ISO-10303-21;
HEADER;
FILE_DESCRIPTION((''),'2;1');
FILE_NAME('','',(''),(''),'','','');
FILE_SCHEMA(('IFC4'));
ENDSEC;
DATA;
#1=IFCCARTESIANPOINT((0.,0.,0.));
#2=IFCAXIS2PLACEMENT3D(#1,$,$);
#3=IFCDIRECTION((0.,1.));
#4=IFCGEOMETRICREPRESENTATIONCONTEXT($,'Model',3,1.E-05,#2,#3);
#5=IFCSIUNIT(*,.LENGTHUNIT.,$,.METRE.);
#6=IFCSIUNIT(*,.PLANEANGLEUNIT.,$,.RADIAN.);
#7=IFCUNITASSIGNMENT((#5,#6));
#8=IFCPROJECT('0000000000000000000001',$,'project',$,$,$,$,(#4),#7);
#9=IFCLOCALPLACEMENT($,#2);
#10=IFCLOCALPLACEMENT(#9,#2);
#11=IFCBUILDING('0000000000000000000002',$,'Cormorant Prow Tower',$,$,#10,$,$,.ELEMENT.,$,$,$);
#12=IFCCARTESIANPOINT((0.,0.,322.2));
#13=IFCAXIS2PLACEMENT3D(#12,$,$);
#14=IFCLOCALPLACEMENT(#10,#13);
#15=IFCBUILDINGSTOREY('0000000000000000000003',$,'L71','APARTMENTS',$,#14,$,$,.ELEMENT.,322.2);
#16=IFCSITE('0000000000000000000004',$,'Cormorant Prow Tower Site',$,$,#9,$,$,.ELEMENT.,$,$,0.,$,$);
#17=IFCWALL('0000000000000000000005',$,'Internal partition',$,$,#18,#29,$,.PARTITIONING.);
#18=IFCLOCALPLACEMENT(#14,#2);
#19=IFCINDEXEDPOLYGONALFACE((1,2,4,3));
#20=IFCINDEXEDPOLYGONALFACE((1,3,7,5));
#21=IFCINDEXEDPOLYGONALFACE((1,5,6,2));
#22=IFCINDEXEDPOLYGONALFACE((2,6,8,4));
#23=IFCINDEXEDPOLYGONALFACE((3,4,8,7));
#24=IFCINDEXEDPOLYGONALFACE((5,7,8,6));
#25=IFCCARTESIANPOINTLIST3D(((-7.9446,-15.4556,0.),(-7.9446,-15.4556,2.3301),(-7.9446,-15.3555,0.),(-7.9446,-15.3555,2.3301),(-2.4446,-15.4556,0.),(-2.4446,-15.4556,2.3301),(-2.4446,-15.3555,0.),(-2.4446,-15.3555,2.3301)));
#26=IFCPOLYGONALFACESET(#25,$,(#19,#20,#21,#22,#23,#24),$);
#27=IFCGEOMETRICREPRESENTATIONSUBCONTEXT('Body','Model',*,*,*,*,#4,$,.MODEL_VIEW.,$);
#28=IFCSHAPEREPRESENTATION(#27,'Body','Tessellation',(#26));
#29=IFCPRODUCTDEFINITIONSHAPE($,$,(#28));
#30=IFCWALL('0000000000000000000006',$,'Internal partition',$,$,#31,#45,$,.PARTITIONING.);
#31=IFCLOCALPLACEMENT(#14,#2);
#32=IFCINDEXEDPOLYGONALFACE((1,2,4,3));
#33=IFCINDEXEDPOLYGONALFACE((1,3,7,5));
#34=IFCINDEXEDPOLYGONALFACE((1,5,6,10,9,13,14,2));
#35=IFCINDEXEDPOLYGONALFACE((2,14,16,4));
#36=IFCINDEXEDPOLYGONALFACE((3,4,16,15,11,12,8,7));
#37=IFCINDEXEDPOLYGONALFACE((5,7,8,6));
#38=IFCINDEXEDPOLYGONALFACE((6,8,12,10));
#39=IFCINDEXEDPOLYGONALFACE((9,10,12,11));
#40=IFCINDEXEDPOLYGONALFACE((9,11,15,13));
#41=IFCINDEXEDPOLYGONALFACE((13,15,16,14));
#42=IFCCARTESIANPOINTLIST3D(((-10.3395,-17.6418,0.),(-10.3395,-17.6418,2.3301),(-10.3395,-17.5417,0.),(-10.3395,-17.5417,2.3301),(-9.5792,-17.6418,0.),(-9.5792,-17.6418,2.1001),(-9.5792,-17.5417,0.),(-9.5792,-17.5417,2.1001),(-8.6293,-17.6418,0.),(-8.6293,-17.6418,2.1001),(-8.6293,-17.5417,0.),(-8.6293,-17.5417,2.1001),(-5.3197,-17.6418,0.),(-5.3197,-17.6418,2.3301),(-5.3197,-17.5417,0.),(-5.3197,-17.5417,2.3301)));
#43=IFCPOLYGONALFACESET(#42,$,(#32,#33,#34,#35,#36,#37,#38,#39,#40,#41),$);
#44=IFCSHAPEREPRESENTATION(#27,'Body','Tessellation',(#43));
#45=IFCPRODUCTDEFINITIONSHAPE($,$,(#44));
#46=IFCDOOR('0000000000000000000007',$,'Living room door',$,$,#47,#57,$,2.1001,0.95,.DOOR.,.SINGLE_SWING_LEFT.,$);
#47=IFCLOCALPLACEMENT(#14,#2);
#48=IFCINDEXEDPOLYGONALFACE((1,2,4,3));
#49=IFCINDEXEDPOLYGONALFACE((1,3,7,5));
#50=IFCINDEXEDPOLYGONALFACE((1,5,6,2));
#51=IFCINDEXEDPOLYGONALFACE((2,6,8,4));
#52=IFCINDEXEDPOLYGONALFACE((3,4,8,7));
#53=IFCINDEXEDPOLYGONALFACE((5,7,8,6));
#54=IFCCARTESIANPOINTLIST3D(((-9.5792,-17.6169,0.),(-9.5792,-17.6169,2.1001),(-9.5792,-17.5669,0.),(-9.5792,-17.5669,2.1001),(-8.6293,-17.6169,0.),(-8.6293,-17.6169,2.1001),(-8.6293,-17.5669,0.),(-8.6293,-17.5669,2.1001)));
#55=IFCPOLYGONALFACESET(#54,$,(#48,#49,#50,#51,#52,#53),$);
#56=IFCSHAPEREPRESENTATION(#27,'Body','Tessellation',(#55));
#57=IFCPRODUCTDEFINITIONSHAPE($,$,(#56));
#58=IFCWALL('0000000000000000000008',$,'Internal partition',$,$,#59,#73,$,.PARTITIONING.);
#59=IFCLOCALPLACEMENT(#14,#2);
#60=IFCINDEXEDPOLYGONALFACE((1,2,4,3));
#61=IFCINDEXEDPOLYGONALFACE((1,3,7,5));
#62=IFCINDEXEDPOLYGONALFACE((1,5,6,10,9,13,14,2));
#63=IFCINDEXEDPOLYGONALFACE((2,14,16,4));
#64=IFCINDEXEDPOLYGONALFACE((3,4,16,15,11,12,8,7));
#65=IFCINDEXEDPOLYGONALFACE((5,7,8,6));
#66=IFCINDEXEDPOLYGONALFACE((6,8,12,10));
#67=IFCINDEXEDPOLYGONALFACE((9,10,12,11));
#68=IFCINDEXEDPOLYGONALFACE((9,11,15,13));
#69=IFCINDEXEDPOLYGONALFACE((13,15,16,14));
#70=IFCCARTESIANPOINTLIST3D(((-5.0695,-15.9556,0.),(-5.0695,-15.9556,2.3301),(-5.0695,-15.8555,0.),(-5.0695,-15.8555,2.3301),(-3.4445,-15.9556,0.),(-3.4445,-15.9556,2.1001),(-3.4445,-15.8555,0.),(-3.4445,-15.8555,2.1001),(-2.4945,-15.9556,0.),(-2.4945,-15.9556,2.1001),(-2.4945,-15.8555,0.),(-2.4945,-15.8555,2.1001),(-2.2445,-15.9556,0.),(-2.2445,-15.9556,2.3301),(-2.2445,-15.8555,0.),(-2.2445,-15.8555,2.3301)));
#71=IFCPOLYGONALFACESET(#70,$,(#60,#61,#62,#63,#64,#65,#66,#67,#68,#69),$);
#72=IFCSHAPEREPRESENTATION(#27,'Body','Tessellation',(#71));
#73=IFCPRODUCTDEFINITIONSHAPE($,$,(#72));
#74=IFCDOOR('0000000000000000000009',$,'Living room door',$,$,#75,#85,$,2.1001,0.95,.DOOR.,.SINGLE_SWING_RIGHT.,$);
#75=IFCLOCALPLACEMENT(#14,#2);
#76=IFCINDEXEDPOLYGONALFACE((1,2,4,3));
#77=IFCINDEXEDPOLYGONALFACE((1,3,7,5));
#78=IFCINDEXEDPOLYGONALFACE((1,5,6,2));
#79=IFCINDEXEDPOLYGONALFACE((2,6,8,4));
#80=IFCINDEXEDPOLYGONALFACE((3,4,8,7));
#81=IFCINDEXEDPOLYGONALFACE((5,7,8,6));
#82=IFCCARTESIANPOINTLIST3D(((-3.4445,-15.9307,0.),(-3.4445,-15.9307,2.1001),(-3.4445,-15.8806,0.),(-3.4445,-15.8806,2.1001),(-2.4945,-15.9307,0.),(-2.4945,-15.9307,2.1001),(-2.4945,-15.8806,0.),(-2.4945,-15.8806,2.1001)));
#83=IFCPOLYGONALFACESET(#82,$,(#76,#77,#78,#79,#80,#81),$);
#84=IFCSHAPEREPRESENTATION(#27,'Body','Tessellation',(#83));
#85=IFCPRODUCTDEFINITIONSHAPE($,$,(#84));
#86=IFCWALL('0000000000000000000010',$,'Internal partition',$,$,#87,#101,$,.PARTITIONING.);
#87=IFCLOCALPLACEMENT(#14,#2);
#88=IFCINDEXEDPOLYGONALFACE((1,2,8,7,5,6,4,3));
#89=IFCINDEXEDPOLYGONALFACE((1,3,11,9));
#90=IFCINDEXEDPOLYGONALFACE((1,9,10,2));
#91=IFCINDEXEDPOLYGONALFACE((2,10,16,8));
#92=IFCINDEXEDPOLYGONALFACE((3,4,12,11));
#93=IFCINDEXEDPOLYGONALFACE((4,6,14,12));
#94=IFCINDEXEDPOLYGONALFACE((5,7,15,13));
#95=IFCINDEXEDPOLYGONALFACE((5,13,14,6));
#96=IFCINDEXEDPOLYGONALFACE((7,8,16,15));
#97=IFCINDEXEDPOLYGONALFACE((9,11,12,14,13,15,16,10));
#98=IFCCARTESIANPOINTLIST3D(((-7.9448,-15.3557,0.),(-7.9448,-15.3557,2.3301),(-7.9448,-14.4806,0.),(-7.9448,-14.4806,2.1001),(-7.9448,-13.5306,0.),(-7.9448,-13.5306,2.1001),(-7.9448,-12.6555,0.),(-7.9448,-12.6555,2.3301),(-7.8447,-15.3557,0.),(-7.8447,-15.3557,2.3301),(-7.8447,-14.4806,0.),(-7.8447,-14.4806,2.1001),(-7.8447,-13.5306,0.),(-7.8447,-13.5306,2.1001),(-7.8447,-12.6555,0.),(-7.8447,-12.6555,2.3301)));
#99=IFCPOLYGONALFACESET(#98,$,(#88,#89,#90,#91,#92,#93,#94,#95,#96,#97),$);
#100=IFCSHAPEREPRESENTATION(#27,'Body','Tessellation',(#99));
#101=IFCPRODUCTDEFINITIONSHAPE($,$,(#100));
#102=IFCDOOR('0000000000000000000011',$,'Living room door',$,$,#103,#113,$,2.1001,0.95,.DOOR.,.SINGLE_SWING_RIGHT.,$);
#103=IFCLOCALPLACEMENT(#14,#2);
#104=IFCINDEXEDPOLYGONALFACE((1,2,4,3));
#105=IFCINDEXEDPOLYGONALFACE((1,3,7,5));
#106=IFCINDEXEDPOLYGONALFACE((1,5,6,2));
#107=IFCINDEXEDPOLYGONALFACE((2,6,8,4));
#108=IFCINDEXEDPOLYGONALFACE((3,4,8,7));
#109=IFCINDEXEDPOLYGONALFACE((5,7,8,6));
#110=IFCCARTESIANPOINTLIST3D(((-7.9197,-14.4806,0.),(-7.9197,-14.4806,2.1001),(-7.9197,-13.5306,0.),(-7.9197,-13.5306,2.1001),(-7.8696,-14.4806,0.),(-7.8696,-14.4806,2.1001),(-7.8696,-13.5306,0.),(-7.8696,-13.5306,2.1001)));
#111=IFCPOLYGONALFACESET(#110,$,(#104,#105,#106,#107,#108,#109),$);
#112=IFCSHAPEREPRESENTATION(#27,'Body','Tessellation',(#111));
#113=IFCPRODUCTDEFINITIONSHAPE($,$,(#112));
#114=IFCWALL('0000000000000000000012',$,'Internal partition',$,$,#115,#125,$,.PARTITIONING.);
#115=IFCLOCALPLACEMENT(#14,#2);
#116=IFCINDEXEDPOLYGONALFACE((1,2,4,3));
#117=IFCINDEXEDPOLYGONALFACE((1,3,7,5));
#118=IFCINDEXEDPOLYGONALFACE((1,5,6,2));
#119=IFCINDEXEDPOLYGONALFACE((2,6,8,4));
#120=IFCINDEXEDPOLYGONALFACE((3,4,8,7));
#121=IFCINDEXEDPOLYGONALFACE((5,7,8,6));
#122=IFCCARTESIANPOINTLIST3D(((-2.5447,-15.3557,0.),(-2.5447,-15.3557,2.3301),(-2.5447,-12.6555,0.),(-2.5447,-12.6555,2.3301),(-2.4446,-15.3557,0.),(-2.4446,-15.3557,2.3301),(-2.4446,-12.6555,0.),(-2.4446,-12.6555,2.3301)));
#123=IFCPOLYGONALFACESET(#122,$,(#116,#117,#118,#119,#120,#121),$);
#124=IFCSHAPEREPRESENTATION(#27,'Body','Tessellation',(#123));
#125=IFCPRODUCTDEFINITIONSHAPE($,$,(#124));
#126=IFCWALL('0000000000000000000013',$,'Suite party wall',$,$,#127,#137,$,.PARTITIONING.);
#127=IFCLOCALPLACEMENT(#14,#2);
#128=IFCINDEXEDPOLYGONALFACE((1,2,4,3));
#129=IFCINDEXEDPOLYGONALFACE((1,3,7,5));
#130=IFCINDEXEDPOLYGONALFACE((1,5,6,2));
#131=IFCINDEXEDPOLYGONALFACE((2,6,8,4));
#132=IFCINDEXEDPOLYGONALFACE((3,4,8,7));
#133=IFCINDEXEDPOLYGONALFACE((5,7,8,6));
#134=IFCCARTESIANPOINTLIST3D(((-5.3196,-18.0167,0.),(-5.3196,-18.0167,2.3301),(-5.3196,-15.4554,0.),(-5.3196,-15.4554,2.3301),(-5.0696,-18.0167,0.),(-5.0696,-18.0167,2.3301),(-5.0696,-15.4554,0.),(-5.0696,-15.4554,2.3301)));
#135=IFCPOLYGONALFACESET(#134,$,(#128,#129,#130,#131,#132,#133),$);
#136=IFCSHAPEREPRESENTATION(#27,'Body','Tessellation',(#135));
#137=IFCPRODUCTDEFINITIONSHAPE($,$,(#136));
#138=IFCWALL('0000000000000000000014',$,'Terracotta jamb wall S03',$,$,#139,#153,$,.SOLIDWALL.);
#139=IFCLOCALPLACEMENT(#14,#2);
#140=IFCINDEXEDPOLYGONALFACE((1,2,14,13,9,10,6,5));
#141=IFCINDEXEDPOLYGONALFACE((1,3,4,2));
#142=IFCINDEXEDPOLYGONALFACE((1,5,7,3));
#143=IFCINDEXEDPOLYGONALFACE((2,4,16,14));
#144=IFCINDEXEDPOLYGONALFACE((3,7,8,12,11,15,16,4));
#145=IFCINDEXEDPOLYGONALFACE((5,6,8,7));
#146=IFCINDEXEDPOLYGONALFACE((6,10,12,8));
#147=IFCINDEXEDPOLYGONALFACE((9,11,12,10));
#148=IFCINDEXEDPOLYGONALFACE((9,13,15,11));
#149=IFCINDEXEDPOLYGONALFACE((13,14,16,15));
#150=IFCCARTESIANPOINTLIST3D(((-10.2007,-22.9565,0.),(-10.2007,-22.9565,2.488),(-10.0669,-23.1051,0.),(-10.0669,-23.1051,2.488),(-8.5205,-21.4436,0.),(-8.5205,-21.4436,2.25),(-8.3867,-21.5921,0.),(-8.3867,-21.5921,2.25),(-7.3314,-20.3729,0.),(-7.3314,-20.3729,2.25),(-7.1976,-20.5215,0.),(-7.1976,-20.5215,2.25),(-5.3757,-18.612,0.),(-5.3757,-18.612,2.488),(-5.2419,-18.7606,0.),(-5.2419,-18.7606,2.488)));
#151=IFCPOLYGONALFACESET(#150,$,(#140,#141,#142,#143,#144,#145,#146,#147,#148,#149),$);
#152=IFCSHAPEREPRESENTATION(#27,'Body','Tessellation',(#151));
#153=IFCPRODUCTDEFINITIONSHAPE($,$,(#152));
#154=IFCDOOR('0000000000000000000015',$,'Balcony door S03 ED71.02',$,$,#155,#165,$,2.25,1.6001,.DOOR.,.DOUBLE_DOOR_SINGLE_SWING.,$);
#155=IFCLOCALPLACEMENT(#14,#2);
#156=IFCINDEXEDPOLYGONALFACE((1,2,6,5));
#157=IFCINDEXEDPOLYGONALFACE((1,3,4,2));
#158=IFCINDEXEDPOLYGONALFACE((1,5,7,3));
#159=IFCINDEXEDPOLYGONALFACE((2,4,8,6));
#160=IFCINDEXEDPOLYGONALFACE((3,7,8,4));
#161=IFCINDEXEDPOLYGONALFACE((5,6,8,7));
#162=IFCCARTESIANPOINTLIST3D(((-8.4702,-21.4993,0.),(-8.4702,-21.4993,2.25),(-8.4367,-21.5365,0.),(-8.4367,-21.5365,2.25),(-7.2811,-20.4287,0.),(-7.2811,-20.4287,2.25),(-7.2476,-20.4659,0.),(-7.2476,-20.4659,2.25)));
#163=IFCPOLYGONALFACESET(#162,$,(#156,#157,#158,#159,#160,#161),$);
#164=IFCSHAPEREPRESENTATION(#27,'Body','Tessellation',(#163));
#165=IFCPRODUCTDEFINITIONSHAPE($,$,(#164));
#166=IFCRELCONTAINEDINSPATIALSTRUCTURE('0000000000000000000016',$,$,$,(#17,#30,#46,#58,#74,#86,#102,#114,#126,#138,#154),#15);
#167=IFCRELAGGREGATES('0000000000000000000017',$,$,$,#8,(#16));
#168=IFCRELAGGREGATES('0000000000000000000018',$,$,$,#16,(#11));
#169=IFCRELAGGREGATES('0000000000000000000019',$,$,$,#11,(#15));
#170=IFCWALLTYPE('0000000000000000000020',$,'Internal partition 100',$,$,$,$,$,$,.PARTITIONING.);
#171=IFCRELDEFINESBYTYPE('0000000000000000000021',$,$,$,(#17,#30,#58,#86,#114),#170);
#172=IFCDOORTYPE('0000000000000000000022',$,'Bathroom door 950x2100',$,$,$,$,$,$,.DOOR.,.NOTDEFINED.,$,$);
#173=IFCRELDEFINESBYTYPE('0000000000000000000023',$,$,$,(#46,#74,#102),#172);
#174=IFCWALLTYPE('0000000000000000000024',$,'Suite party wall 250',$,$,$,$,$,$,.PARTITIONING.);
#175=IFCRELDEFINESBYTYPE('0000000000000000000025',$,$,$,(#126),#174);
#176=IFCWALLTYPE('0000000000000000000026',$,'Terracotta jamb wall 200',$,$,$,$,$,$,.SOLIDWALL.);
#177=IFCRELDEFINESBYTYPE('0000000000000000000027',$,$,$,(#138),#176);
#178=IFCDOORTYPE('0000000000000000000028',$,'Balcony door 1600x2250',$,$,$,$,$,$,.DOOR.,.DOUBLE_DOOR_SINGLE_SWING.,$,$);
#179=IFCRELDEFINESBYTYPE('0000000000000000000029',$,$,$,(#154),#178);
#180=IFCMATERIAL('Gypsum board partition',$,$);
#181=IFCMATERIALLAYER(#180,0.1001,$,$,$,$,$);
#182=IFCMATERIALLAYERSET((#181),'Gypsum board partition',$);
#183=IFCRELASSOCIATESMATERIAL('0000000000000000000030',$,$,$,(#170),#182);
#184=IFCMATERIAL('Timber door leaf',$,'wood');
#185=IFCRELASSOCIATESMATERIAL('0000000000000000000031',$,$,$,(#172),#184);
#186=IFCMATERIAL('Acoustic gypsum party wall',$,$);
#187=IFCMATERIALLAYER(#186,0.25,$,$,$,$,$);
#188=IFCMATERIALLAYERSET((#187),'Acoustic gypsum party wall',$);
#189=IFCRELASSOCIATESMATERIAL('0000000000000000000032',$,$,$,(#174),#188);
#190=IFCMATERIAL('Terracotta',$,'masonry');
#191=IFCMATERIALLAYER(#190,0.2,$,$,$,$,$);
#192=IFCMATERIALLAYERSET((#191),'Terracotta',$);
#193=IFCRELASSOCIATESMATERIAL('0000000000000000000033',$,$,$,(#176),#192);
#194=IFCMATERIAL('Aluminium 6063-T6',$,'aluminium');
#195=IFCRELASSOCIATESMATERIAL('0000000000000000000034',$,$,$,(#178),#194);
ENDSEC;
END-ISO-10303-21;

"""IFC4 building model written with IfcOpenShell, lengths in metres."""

from ifc_helpers import new_model, si_unit, direction, frame, frame_2d, origin, place, context, subcontext, project, spatial, rectangle, extrude, material, layer, layer_set, type_object, element, fill, save


model = new_model("IFC4")

# Units and contexts
model_context = context("Model", 3, precision=1e-05, world=origin(), true_north=direction((0.0, 1.0)))
body_context = subcontext(model_context, "Body", "Model", "MODEL_VIEW")
ifc_project = project(units=[si_unit("LENGTHUNIT", "METRE"), si_unit("PLANEANGLEUNIT", "RADIAN")], contexts=[model_context])

# Site, building, storey
site_placement = place(None, origin())
site = spatial("IfcSite", under=ifc_project, at=site_placement, Name="Cormorant Prow Tower Site", CompositionType="ELEMENT", RefElevation=0.0)
building_placement = place(site_placement, origin())
building = spatial("IfcBuilding", under=site, at=building_placement, Name="Cormorant Prow Tower", CompositionType="ELEMENT")
storey_placement = place(building_placement, frame((0.0, 0.0, 322.2)))
storey = spatial("IfcBuildingStorey", under=building, at=storey_placement, Name="L71", Description="APARTMENTS", CompositionType="ELEMENT", Elevation=322.2)

# Shared definitions
ifc_material_1 = material(Name="Gypsum board partition")
ifc_layer_1 = layer(ifc_material_1, 0.1001)
ifc_layer_set_1 = layer_set([ifc_layer_1], Name="Gypsum board partition")
wall_type_1 = type_object("IfcWallType", Name="Internal partition 100", PredefinedType="PARTITIONING", material=ifc_layer_set_1)
ifc_material_2 = material(Name="Timber door leaf", Category="wood")
door_type_1 = type_object("IfcDoorType", Name="Bathroom door 950x2100", OperationType="NOTDEFINED", PredefinedType="DOOR", material=ifc_material_2)

# Wall
wall_1_placement = place(storey_placement, frame((-7.9446, -15.4055, 0.0), z_axis=(0.0, 0.0, 1.0), x_axis=(1.0, 0.0, 0.0)))
element("IfcWall", 1, at=wall_1_placement, inside=storey, type_object=wall_type_1, Name="Internal partition", PredefinedType="PARTITIONING", context=body_context, shape_type="SweptSolid", body=[
    extrude(rectangle(XDim=5.5, YDim=0.1001, at=frame_2d((2.75, 0.0))), origin(), (0.0, 0.0, 1.0), 2.3301),
])

# Walls, openings, doors
wall_2_placement = place(storey_placement, frame((-10.3394, -17.5918, 0.0), z_axis=(0.0, 0.0, 1.0), x_axis=(1.0, 0.0, 0.0)))
wall_2 = element("IfcWall", 2, at=wall_2_placement, inside=storey, type_object=wall_type_1, Name="Internal partition", PredefinedType="PARTITIONING", context=body_context, shape_type="SweptSolid", body=[
    extrude(rectangle(XDim=5.0198, YDim=0.1001, at=frame_2d((2.5098, 0.0))), origin(), (0.0, 0.0, 1.0), 2.3301),
])
opening_1_placement = place(wall_2_placement, frame((0.76, 0.0, 0.0)))
opening_1 = element("IfcOpeningElement", 3, at=opening_1_placement, cuts=wall_2, PredefinedType="OPENING", context=body_context, shape_type="SweptSolid", body=[
    extrude(rectangle(XDim=0.95, YDim=2.1001, at=frame_2d((0.4751, 1.05))), frame((0.0, 0.0601, 0.0), z_axis=(0.0, -1.0, 0.0), x_axis=(1.0, 0.0, 0.0)), (0.0, 0.0, 1.0), 0.1201),
])
door_1_placement = place(opening_1_placement, origin())
door_1 = element("IfcDoor", 4, at=door_1_placement, inside=storey, type_object=door_type_1, Name="Living room door", OperationType="SINGLE_SWING_LEFT", OverallHeight=2.1001, OverallWidth=0.95, PredefinedType="DOOR", context=body_context, shape_type="SweptSolid", body=[
    extrude(rectangle(XDim=0.95, YDim=2.1001, at=frame_2d((0.4751, 1.05))), frame((0.0, 0.0249, 0.0), z_axis=(0.0, -1.0, 0.0), x_axis=(1.0, 0.0, 0.0)), (0.0, 0.0, 1.0), 0.05),
])
fill(opening_1, door_1)
wall_3_placement = place(storey_placement, frame((-5.0696, -15.9055, 0.0), z_axis=(0.0, 0.0, 1.0), x_axis=(1.0, 0.0, 0.0)))
wall_3 = element("IfcWall", 5, at=wall_3_placement, inside=storey, type_object=wall_type_1, Name="Internal partition", PredefinedType="PARTITIONING", context=body_context, shape_type="SweptSolid", body=[
    extrude(rectangle(XDim=2.825, YDim=0.1001, at=frame_2d((1.4126, 0.0))), origin(), (0.0, 0.0, 1.0), 2.3301),
])
opening_2_placement = place(wall_3_placement, frame((1.625, 0.0, 0.0)))
opening_2 = element("IfcOpeningElement", 6, at=opening_2_placement, cuts=wall_3, PredefinedType="OPENING", context=body_context, shape_type="SweptSolid", body=[
    extrude(rectangle(XDim=0.95, YDim=2.1001, at=frame_2d((0.4751, 1.05))), frame((0.0, 0.0601, 0.0), z_axis=(0.0, -1.0, 0.0), x_axis=(1.0, 0.0, 0.0)), (0.0, 0.0, 1.0), 0.1201),
])
door_2_placement = place(opening_2_placement, origin())
door_2 = element("IfcDoor", 7, at=door_2_placement, inside=storey, type_object=door_type_1, Name="Living room door", OperationType="SINGLE_SWING_RIGHT", OverallHeight=2.1001, OverallWidth=0.95, PredefinedType="DOOR", context=body_context, shape_type="SweptSolid", body=[
    extrude(rectangle(XDim=0.95, YDim=2.1001, at=frame_2d((0.4751, 1.05))), frame((0.0, 0.0249, 0.0), z_axis=(0.0, -1.0, 0.0), x_axis=(1.0, 0.0, 0.0)), (0.0, 0.0, 1.0), 0.05),
])
fill(opening_2, door_2)
wall_4_placement = place(storey_placement, frame((-7.8948, -15.3557, 0.0), z_axis=(0.0, 0.0, 1.0), x_axis=(0.0, 1.0, 0.0)))
wall_4 = element("IfcWall", 8, at=wall_4_placement, inside=storey, type_object=wall_type_1, Name="Internal partition", PredefinedType="PARTITIONING", context=body_context, shape_type="SweptSolid", body=[
    extrude(rectangle(XDim=2.7002, YDim=0.1001, at=frame_2d((1.3501, 0.0))), origin(), (0.0, 0.0, 1.0), 2.3301),
])
opening_3_placement = place(wall_4_placement, frame((0.875, 0.0, 0.0)))
opening_3 = element("IfcOpeningElement", 9, at=opening_3_placement, cuts=wall_4, PredefinedType="OPENING", context=body_context, shape_type="SweptSolid", body=[
    extrude(rectangle(XDim=0.95, YDim=2.1001, at=frame_2d((0.4751, 1.05))), frame((0.0, 0.0601, 0.0), z_axis=(0.0, -1.0, 0.0), x_axis=(1.0, 0.0, 0.0)), (0.0, 0.0, 1.0), 0.1201),
])
door_3_placement = place(opening_3_placement, origin())
door_3 = element("IfcDoor", 10, at=door_3_placement, inside=storey, type_object=door_type_1, Name="Living room door", OperationType="SINGLE_SWING_RIGHT", OverallHeight=2.1001, OverallWidth=0.95, PredefinedType="DOOR", context=body_context, shape_type="SweptSolid", body=[
    extrude(rectangle(XDim=0.95, YDim=2.1001, at=frame_2d((0.4751, 1.05))), frame((0.0, 0.0249, 0.0), z_axis=(0.0, -1.0, 0.0), x_axis=(1.0, 0.0, 0.0)), (0.0, 0.0, 1.0), 0.05),
])
fill(opening_3, door_3)

# Walls
wall_5_placement = place(storey_placement, frame((-2.4946, -15.3557, 0.0), z_axis=(0.0, 0.0, 1.0), x_axis=(0.0, 1.0, 0.0)))
element("IfcWall", 11, at=wall_5_placement, inside=storey, type_object=wall_type_1, Name="Internal partition", PredefinedType="PARTITIONING", context=body_context, shape_type="SweptSolid", body=[
    extrude(rectangle(XDim=2.7002, YDim=0.1001, at=frame_2d((1.3501, 0.0))), origin(), (0.0, 0.0, 1.0), 2.3301),
])
ifc_material_3 = material(Name="Acoustic gypsum party wall")
ifc_layer_2 = layer(ifc_material_3, 0.25)
ifc_layer_set_2 = layer_set([ifc_layer_2], Name="Acoustic gypsum party wall")
wall_type_2 = type_object("IfcWallType", Name="Suite party wall 250", PredefinedType="PARTITIONING", material=ifc_layer_set_2)
wall_6_placement = place(storey_placement, frame((-5.1946, -18.0168, 0.0), z_axis=(0.0, 0.0, 1.0), x_axis=(0.0, 1.0, 0.0)))
element("IfcWall", 12, at=wall_6_placement, inside=storey, type_object=wall_type_2, Name="Suite party wall", PredefinedType="PARTITIONING", context=body_context, shape_type="SweptSolid", body=[
    extrude(rectangle(XDim=2.5613, YDim=0.25, at=frame_2d((1.2808, 0.0))), origin(), (0.0, 0.0, 1.0), 2.3301),
])

# Wall, opening, door
ifc_material_4 = material(Name="Terracotta", Category="masonry")
ifc_layer_3 = layer(ifc_material_4, 0.2)
ifc_layer_set_3 = layer_set([ifc_layer_3], Name="Terracotta")
wall_type_3 = type_object("IfcWallType", Name="Terracotta jamb wall 200", PredefinedType="SOLIDWALL", material=ifc_layer_set_3)
wall_7_placement = place(storey_placement, frame((-10.1338, -23.0308, 0.0), z_axis=(0.0, 0.0, 1.0), x_axis=(0.743139, 0.669137, 0.0)))
wall_7 = element("IfcWall", 13, at=wall_7_placement, inside=storey, type_object=wall_type_3, Name="Terracotta jamb wall S03", PredefinedType="SOLIDWALL", context=body_context, shape_type="SweptSolid", body=[
    extrude(rectangle(XDim=6.4927, YDim=0.2, at=frame_2d((3.2463, 0.0))), origin(), (0.0, 0.0, 1.0), 2.488),
])
opening_4_placement = place(wall_7_placement, frame((2.261, 0.0, 0.0)))
opening_4 = element("IfcOpeningElement", 14, at=opening_4_placement, cuts=wall_7, PredefinedType="OPENING", context=body_context, shape_type="SweptSolid", body=[
    extrude(rectangle(XDim=1.6001, YDim=2.25, at=frame_2d((0.8, 1.125))), frame((0.0, 0.1099, 0.0), z_axis=(0.0, -1.0, 0.0), x_axis=(1.0, 0.0, 0.0)), (0.0, 0.0, 1.0), 0.22),
])
ifc_material_5 = material(Name="Aluminium 6063-T6", Category="aluminium")
door_type_2 = type_object("IfcDoorType", Name="Balcony door 1600x2250", OperationType="DOUBLE_DOOR_SINGLE_SWING", PredefinedType="DOOR", material=ifc_material_5)
door_4_placement = place(opening_4_placement, origin())
door_4 = element("IfcDoor", 15, at=door_4_placement, inside=storey, type_object=door_type_2, Name="Balcony door S03 ED71.02", OperationType="DOUBLE_DOOR_SINGLE_SWING", OverallHeight=2.25, OverallWidth=1.6001, PredefinedType="DOOR", context=body_context, shape_type="SweptSolid", body=[
    extrude(rectangle(XDim=1.6001, YDim=2.25, at=frame_2d((0.8, 1.125))), frame((0.0, 0.0249, 0.0), z_axis=(0.0, -1.0, 0.0), x_axis=(1.0, 0.0, 0.0)), (0.0, 0.0, 1.0), 0.05),
])
fill(opening_4, door_4)

save(model, "model.ifc")
